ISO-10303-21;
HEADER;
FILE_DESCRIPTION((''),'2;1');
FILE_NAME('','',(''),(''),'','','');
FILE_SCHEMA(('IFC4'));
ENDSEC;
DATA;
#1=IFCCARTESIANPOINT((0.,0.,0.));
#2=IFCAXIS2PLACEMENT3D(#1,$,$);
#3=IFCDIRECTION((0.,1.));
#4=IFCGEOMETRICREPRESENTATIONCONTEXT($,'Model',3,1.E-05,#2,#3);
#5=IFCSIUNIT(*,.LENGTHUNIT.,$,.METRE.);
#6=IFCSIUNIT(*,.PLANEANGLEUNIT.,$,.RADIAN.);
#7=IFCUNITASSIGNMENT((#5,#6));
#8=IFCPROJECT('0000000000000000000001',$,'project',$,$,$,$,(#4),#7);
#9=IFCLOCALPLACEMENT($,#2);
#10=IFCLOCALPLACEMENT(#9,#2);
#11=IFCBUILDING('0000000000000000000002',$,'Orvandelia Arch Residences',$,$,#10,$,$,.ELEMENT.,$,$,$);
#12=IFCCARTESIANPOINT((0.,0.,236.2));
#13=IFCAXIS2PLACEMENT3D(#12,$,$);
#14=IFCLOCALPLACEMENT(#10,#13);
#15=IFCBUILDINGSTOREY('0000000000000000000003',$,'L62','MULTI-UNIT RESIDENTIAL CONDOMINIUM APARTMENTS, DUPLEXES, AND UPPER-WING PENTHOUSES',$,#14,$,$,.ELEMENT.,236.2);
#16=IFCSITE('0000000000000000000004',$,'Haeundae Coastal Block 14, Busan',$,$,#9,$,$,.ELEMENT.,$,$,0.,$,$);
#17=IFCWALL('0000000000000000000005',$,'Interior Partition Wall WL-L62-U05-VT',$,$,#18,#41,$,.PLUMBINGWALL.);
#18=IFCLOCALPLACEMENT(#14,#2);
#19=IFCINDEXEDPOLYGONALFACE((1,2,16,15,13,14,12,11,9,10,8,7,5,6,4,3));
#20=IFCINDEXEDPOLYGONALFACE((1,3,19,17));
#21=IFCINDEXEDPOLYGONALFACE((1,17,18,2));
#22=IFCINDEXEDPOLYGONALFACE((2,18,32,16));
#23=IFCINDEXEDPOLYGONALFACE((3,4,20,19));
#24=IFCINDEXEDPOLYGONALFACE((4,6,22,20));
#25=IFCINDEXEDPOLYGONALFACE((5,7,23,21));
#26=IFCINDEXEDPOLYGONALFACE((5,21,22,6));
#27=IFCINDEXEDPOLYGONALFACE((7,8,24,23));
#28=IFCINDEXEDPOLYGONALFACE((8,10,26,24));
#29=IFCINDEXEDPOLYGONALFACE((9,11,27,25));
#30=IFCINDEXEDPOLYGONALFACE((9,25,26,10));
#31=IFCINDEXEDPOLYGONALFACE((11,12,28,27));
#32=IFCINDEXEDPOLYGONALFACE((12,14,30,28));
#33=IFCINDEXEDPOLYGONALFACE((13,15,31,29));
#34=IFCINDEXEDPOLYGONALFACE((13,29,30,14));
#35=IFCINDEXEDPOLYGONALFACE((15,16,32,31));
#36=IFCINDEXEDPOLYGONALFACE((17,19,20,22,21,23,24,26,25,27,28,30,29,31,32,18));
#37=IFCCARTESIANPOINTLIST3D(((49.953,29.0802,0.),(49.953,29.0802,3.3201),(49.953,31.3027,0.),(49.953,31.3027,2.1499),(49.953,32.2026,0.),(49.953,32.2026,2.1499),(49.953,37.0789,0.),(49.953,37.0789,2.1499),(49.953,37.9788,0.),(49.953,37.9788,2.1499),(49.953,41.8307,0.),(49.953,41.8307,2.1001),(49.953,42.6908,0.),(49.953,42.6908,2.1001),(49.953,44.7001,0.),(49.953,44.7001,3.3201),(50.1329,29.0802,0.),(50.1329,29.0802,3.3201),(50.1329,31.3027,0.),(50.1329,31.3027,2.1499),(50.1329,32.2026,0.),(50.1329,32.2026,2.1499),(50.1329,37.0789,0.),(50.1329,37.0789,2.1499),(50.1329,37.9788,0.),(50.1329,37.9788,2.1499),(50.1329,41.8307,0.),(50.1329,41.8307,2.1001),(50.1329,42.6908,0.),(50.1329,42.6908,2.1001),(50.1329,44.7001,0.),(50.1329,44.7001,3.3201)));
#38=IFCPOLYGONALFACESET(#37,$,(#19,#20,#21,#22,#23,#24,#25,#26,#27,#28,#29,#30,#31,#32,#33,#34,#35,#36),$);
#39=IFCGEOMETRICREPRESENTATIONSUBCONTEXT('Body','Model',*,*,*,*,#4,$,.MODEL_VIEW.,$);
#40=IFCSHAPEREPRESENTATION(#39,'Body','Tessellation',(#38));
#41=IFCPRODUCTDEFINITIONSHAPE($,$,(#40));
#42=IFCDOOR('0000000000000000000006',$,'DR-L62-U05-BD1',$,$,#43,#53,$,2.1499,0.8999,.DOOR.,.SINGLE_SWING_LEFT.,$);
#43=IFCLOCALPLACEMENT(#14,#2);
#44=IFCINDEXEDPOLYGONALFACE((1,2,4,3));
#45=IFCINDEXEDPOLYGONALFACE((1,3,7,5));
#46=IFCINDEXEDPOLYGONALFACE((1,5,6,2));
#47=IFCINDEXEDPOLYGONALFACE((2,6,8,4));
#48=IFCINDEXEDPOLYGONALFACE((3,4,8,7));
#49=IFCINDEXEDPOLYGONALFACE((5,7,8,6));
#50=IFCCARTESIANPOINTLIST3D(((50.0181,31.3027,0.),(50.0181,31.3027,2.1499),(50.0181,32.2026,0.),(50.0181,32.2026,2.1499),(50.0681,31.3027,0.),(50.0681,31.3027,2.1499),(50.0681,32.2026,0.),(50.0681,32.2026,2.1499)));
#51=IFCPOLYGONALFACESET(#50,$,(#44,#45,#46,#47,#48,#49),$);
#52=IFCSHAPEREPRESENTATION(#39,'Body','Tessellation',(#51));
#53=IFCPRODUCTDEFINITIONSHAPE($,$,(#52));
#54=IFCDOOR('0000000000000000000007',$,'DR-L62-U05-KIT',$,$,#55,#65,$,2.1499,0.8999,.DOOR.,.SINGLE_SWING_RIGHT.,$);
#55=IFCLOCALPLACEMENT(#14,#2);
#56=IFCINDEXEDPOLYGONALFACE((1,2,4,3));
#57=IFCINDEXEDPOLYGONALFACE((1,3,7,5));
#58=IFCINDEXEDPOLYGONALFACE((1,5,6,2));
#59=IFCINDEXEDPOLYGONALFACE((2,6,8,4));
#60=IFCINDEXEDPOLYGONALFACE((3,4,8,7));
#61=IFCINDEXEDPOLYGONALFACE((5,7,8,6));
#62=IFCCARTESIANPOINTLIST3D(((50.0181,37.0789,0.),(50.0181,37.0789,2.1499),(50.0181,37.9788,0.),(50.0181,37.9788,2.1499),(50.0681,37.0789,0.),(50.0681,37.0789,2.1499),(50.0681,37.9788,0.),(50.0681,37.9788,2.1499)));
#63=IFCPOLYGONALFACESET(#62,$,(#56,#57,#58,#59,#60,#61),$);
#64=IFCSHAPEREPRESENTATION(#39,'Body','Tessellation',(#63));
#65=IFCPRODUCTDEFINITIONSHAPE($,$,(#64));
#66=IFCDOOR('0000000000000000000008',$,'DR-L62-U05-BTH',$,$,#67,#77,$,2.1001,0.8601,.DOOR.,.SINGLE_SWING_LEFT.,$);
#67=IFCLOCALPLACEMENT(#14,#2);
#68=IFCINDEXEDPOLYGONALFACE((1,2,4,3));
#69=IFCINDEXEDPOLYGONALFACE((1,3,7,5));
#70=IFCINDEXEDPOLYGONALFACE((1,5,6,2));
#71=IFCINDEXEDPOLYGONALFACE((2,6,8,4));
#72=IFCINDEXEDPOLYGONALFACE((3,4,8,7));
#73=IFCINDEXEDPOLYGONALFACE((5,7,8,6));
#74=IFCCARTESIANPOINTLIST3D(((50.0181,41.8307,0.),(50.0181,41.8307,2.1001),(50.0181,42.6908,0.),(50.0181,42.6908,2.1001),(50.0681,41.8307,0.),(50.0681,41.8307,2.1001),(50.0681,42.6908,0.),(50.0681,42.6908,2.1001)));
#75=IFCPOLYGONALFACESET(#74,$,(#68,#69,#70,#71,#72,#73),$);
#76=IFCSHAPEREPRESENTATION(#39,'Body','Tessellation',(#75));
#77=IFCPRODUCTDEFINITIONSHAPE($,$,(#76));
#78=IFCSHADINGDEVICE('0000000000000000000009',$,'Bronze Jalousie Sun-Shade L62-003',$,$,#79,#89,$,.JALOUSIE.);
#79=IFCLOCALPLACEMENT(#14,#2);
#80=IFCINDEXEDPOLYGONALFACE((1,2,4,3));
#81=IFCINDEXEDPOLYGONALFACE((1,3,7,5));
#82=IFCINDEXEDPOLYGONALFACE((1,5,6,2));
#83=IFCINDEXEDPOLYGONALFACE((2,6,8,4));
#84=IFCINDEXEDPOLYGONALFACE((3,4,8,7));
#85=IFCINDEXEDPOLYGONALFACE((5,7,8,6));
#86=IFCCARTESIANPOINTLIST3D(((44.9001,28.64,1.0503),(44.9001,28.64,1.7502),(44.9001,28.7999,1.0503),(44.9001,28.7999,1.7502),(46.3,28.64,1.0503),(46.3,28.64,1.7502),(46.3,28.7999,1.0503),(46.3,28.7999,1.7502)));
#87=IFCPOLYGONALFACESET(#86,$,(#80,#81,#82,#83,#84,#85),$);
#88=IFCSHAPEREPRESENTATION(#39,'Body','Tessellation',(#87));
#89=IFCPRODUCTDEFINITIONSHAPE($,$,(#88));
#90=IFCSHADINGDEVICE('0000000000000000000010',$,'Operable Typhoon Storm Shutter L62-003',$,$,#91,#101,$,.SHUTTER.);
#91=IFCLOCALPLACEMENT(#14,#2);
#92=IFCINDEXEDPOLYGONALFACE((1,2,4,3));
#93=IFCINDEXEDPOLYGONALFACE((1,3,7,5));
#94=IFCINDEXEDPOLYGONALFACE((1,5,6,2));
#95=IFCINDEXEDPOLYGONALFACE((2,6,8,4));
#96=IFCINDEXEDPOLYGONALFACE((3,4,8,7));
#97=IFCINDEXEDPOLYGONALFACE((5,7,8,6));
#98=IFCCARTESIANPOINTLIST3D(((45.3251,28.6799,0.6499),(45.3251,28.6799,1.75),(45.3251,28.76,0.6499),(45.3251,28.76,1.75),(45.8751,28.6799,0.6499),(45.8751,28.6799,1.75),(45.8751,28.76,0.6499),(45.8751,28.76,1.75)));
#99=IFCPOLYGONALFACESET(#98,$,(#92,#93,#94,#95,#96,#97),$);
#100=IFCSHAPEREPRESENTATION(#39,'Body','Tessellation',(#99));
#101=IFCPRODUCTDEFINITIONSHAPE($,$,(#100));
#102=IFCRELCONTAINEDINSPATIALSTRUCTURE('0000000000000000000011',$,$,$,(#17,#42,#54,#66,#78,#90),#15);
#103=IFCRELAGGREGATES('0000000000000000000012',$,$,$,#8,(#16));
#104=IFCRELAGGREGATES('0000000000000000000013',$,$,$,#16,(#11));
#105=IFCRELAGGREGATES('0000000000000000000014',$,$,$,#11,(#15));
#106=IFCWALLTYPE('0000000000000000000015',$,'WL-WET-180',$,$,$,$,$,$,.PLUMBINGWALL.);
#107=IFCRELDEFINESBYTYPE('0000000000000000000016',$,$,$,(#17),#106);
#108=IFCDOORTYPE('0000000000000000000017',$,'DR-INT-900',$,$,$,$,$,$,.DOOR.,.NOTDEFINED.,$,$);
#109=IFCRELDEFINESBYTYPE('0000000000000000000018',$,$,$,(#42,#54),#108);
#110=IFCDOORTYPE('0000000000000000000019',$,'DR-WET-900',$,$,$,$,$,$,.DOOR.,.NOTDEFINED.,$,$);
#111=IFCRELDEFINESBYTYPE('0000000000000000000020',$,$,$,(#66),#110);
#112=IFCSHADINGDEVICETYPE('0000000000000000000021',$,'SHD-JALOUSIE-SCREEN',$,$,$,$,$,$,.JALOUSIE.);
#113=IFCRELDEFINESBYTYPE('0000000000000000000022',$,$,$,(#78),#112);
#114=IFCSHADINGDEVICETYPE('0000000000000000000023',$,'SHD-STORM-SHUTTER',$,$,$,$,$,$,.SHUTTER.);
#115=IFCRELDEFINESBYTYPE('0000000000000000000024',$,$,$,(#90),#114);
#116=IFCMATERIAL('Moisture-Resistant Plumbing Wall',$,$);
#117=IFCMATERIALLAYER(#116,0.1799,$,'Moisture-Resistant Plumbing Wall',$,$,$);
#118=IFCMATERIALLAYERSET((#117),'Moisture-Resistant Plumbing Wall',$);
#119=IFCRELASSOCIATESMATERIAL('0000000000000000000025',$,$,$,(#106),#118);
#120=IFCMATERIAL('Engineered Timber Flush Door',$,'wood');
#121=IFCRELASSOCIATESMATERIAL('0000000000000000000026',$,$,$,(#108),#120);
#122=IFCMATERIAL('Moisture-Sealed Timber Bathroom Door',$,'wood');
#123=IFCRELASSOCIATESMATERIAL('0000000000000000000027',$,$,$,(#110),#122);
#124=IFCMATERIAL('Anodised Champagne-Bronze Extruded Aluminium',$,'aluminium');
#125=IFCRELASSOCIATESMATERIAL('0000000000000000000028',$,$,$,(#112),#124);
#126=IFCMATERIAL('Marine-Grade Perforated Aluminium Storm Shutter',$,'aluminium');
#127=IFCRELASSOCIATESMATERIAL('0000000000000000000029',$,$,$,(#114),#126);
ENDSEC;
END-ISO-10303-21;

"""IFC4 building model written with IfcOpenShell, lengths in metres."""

from ifc_helpers import new_model, si_unit, direction, frame, frame_2d, origin, origin_2d, place, context, subcontext, project, spatial, rectangle, extrude, material, layer, layer_set, type_object, element, fill, save


model = new_model("IFC4")

# Units and contexts
model_context = context("Model", 3, precision=1e-05, world=origin(), true_north=direction((0.0, 1.0)))
body_context = subcontext(model_context, "Body", "Model", "MODEL_VIEW")
ifc_project = project(units=[si_unit("LENGTHUNIT", "METRE"), si_unit("PLANEANGLEUNIT", "RADIAN")], contexts=[model_context])

# Site, building, storey
site_placement = place(None, origin())
site = spatial("IfcSite", under=ifc_project, at=site_placement, Name="Haeundae Coastal Block 14, Busan", CompositionType="ELEMENT", RefElevation=0.0)
building_placement = place(site_placement, origin())
building = spatial("IfcBuilding", under=site, at=building_placement, Name="Orvandelia Arch Residences", CompositionType="ELEMENT")
storey_placement = place(building_placement, frame((0.0, 0.0, 236.2)))
storey = spatial("IfcBuildingStorey", under=building, at=storey_placement, Name="L62", Description="MULTI-UNIT RESIDENTIAL CONDOMINIUM APARTMENTS, DUPLEXES, AND UPPER-WING PENTHOUSES", CompositionType="ELEMENT", Elevation=236.2)

# Wall, openings, doors
ifc_material_1 = material(Name="Moisture-Resistant Plumbing Wall")
ifc_layer_1 = layer(ifc_material_1, 0.1799, Name="Moisture-Resistant Plumbing Wall")
ifc_layer_set_1 = layer_set([ifc_layer_1], Name="Moisture-Resistant Plumbing Wall")
wall_type_1 = type_object("IfcWallType", Name="WL-WET-180", PredefinedType="PLUMBINGWALL", material=ifc_layer_set_1)
wall_1_placement = place(storey_placement, frame((50.043, 29.0801, 0.0), z_axis=(0.0, 0.0, 1.0), x_axis=(0.0, 1.0, 0.0)))
wall_1 = element("IfcWall", 1, at=wall_1_placement, inside=storey, type_object=wall_type_1, Name="Interior Partition Wall WL-L62-U05-VT", PredefinedType="PLUMBINGWALL", context=body_context, shape_type="SweptSolid", body=[
    extrude(rectangle(XDim=15.6199, YDim=0.1799, at=frame_2d((7.8101, 0.0))), origin(), (0.0, 0.0, 1.0), 3.3201),
])
opening_1_placement = place(wall_1_placement, frame((2.2227, 0.0, 0.0)))
opening_1 = element("IfcOpeningElement", 2, at=opening_1_placement, cuts=wall_1, PredefinedType="OPENING", context=body_context, shape_type="SweptSolid", body=[
    extrude(rectangle(XDim=0.8999, YDim=2.1499, at=frame_2d((0.45, 1.075))), frame((0.0, 0.1001, 0.0), z_axis=(0.0, -1.0, 0.0), x_axis=(1.0, 0.0, 0.0)), (0.0, 0.0, 1.0), 0.2),
])
opening_2_placement = place(wall_1_placement, frame((7.9988, 0.0, 0.0)))
opening_2 = element("IfcOpeningElement", 3, at=opening_2_placement, cuts=wall_1, PredefinedType="OPENING", context=body_context, shape_type="SweptSolid", body=[
    extrude(rectangle(XDim=0.8999, YDim=2.1499, at=frame_2d((0.45, 1.075))), frame((0.0, 0.1001, 0.0), z_axis=(0.0, -1.0, 0.0), x_axis=(1.0, 0.0, 0.0)), (0.0, 0.0, 1.0), 0.2),
])
opening_3_placement = place(wall_1_placement, frame((12.7505, 0.0, 0.0)))
opening_3 = element("IfcOpeningElement", 4, at=opening_3_placement, cuts=wall_1, PredefinedType="OPENING", context=body_context, shape_type="SweptSolid", body=[
    extrude(rectangle(XDim=0.8601, YDim=2.1001, at=frame_2d((0.4302, 1.05))), frame((0.0, 0.1001, 0.0), z_axis=(0.0, -1.0, 0.0), x_axis=(1.0, 0.0, 0.0)), (0.0, 0.0, 1.0), 0.2),
])
ifc_material_2 = material(Name="Engineered Timber Flush Door", Category="wood")
door_type_1 = type_object("IfcDoorType", Name="DR-INT-900", OperationType="NOTDEFINED", PredefinedType="DOOR", material=ifc_material_2)
door_1_placement = place(opening_1_placement, origin())
door_1 = element("IfcDoor", 5, at=door_1_placement, inside=storey, type_object=door_type_1, Name="DR-L62-U05-BD1", OperationType="SINGLE_SWING_LEFT", OverallHeight=2.1499, OverallWidth=0.8999, PredefinedType="DOOR", context=body_context, shape_type="SweptSolid", body=[
    extrude(rectangle(XDim=0.8999, YDim=2.1499, at=frame_2d((0.45, 1.075))), frame((0.0, 0.0249, 0.0), z_axis=(0.0, -1.0, 0.0), x_axis=(1.0, 0.0, 0.0)), (0.0, 0.0, 1.0), 0.05),
])
fill(opening_1, door_1)
door_2_placement = place(opening_2_placement, origin())
door_2 = element("IfcDoor", 6, at=door_2_placement, inside=storey, type_object=door_type_1, Name="DR-L62-U05-KIT", OperationType="SINGLE_SWING_RIGHT", OverallHeight=2.1499, OverallWidth=0.8999, PredefinedType="DOOR", context=body_context, shape_type="SweptSolid", body=[
    extrude(rectangle(XDim=0.8999, YDim=2.1499, at=frame_2d((0.45, 1.075))), frame((0.0, 0.0249, 0.0), z_axis=(0.0, -1.0, 0.0), x_axis=(1.0, 0.0, 0.0)), (0.0, 0.0, 1.0), 0.05),
])
fill(opening_2, door_2)
ifc_material_3 = material(Name="Moisture-Sealed Timber Bathroom Door", Category="wood")
door_type_2 = type_object("IfcDoorType", Name="DR-WET-900", OperationType="NOTDEFINED", PredefinedType="DOOR", material=ifc_material_3)
door_3_placement = place(opening_3_placement, origin())
door_3 = element("IfcDoor", 7, at=door_3_placement, inside=storey, type_object=door_type_2, Name="DR-L62-U05-BTH", OperationType="SINGLE_SWING_LEFT", OverallHeight=2.1001, OverallWidth=0.8601, PredefinedType="DOOR", context=body_context, shape_type="SweptSolid", body=[
    extrude(rectangle(XDim=0.8601, YDim=2.1001, at=frame_2d((0.4302, 1.05))), frame((0.0, 0.0249, 0.0), z_axis=(0.0, -1.0, 0.0), x_axis=(1.0, 0.0, 0.0)), (0.0, 0.0, 1.0), 0.05),
])
fill(opening_3, door_3)

# Shading devices
ifc_material_4 = material(Name="Anodised Champagne-Bronze Extruded Aluminium", Category="aluminium")
shading_device_type_1 = type_object("IfcShadingDeviceType", Name="SHD-JALOUSIE-SCREEN", PredefinedType="JALOUSIE", material=ifc_material_4)
shading_device_1_placement = place(storey_placement, frame((45.6001, 28.72, 1.0503), z_axis=(0.0, 0.0, 1.0), x_axis=(-1.0, 0.0, 0.0)))
element("IfcShadingDevice", 8, at=shading_device_1_placement, inside=storey, type_object=shading_device_type_1, Name="Bronze Jalousie Sun-Shade L62-003", PredefinedType="JALOUSIE", context=body_context, shape_type="SweptSolid", body=[
    extrude(rectangle(XDim=1.3999, YDim=0.1599, at=origin_2d()), origin(), (0.0, 0.0, 1.0), 0.7),
])
ifc_material_5 = material(Name="Marine-Grade Perforated Aluminium Storm Shutter", Category="aluminium")
shading_device_type_2 = type_object("IfcShadingDeviceType", Name="SHD-STORM-SHUTTER", PredefinedType="SHUTTER", material=ifc_material_5)
shading_device_2_placement = place(storey_placement, frame((45.6001, 28.72, 0.6499), z_axis=(0.0, 0.0, 1.0), x_axis=(-1.0, 0.0, 0.0)))
element("IfcShadingDevice", 9, at=shading_device_2_placement, inside=storey, type_object=shading_device_type_2, Name="Operable Typhoon Storm Shutter L62-003", PredefinedType="SHUTTER", context=body_context, shape_type="SweptSolid", body=[
    extrude(rectangle(XDim=0.55, YDim=0.0801, at=origin_2d()), origin(), (0.0, 0.0, 1.0), 1.1001),
])

save(model, "model.ifc")
